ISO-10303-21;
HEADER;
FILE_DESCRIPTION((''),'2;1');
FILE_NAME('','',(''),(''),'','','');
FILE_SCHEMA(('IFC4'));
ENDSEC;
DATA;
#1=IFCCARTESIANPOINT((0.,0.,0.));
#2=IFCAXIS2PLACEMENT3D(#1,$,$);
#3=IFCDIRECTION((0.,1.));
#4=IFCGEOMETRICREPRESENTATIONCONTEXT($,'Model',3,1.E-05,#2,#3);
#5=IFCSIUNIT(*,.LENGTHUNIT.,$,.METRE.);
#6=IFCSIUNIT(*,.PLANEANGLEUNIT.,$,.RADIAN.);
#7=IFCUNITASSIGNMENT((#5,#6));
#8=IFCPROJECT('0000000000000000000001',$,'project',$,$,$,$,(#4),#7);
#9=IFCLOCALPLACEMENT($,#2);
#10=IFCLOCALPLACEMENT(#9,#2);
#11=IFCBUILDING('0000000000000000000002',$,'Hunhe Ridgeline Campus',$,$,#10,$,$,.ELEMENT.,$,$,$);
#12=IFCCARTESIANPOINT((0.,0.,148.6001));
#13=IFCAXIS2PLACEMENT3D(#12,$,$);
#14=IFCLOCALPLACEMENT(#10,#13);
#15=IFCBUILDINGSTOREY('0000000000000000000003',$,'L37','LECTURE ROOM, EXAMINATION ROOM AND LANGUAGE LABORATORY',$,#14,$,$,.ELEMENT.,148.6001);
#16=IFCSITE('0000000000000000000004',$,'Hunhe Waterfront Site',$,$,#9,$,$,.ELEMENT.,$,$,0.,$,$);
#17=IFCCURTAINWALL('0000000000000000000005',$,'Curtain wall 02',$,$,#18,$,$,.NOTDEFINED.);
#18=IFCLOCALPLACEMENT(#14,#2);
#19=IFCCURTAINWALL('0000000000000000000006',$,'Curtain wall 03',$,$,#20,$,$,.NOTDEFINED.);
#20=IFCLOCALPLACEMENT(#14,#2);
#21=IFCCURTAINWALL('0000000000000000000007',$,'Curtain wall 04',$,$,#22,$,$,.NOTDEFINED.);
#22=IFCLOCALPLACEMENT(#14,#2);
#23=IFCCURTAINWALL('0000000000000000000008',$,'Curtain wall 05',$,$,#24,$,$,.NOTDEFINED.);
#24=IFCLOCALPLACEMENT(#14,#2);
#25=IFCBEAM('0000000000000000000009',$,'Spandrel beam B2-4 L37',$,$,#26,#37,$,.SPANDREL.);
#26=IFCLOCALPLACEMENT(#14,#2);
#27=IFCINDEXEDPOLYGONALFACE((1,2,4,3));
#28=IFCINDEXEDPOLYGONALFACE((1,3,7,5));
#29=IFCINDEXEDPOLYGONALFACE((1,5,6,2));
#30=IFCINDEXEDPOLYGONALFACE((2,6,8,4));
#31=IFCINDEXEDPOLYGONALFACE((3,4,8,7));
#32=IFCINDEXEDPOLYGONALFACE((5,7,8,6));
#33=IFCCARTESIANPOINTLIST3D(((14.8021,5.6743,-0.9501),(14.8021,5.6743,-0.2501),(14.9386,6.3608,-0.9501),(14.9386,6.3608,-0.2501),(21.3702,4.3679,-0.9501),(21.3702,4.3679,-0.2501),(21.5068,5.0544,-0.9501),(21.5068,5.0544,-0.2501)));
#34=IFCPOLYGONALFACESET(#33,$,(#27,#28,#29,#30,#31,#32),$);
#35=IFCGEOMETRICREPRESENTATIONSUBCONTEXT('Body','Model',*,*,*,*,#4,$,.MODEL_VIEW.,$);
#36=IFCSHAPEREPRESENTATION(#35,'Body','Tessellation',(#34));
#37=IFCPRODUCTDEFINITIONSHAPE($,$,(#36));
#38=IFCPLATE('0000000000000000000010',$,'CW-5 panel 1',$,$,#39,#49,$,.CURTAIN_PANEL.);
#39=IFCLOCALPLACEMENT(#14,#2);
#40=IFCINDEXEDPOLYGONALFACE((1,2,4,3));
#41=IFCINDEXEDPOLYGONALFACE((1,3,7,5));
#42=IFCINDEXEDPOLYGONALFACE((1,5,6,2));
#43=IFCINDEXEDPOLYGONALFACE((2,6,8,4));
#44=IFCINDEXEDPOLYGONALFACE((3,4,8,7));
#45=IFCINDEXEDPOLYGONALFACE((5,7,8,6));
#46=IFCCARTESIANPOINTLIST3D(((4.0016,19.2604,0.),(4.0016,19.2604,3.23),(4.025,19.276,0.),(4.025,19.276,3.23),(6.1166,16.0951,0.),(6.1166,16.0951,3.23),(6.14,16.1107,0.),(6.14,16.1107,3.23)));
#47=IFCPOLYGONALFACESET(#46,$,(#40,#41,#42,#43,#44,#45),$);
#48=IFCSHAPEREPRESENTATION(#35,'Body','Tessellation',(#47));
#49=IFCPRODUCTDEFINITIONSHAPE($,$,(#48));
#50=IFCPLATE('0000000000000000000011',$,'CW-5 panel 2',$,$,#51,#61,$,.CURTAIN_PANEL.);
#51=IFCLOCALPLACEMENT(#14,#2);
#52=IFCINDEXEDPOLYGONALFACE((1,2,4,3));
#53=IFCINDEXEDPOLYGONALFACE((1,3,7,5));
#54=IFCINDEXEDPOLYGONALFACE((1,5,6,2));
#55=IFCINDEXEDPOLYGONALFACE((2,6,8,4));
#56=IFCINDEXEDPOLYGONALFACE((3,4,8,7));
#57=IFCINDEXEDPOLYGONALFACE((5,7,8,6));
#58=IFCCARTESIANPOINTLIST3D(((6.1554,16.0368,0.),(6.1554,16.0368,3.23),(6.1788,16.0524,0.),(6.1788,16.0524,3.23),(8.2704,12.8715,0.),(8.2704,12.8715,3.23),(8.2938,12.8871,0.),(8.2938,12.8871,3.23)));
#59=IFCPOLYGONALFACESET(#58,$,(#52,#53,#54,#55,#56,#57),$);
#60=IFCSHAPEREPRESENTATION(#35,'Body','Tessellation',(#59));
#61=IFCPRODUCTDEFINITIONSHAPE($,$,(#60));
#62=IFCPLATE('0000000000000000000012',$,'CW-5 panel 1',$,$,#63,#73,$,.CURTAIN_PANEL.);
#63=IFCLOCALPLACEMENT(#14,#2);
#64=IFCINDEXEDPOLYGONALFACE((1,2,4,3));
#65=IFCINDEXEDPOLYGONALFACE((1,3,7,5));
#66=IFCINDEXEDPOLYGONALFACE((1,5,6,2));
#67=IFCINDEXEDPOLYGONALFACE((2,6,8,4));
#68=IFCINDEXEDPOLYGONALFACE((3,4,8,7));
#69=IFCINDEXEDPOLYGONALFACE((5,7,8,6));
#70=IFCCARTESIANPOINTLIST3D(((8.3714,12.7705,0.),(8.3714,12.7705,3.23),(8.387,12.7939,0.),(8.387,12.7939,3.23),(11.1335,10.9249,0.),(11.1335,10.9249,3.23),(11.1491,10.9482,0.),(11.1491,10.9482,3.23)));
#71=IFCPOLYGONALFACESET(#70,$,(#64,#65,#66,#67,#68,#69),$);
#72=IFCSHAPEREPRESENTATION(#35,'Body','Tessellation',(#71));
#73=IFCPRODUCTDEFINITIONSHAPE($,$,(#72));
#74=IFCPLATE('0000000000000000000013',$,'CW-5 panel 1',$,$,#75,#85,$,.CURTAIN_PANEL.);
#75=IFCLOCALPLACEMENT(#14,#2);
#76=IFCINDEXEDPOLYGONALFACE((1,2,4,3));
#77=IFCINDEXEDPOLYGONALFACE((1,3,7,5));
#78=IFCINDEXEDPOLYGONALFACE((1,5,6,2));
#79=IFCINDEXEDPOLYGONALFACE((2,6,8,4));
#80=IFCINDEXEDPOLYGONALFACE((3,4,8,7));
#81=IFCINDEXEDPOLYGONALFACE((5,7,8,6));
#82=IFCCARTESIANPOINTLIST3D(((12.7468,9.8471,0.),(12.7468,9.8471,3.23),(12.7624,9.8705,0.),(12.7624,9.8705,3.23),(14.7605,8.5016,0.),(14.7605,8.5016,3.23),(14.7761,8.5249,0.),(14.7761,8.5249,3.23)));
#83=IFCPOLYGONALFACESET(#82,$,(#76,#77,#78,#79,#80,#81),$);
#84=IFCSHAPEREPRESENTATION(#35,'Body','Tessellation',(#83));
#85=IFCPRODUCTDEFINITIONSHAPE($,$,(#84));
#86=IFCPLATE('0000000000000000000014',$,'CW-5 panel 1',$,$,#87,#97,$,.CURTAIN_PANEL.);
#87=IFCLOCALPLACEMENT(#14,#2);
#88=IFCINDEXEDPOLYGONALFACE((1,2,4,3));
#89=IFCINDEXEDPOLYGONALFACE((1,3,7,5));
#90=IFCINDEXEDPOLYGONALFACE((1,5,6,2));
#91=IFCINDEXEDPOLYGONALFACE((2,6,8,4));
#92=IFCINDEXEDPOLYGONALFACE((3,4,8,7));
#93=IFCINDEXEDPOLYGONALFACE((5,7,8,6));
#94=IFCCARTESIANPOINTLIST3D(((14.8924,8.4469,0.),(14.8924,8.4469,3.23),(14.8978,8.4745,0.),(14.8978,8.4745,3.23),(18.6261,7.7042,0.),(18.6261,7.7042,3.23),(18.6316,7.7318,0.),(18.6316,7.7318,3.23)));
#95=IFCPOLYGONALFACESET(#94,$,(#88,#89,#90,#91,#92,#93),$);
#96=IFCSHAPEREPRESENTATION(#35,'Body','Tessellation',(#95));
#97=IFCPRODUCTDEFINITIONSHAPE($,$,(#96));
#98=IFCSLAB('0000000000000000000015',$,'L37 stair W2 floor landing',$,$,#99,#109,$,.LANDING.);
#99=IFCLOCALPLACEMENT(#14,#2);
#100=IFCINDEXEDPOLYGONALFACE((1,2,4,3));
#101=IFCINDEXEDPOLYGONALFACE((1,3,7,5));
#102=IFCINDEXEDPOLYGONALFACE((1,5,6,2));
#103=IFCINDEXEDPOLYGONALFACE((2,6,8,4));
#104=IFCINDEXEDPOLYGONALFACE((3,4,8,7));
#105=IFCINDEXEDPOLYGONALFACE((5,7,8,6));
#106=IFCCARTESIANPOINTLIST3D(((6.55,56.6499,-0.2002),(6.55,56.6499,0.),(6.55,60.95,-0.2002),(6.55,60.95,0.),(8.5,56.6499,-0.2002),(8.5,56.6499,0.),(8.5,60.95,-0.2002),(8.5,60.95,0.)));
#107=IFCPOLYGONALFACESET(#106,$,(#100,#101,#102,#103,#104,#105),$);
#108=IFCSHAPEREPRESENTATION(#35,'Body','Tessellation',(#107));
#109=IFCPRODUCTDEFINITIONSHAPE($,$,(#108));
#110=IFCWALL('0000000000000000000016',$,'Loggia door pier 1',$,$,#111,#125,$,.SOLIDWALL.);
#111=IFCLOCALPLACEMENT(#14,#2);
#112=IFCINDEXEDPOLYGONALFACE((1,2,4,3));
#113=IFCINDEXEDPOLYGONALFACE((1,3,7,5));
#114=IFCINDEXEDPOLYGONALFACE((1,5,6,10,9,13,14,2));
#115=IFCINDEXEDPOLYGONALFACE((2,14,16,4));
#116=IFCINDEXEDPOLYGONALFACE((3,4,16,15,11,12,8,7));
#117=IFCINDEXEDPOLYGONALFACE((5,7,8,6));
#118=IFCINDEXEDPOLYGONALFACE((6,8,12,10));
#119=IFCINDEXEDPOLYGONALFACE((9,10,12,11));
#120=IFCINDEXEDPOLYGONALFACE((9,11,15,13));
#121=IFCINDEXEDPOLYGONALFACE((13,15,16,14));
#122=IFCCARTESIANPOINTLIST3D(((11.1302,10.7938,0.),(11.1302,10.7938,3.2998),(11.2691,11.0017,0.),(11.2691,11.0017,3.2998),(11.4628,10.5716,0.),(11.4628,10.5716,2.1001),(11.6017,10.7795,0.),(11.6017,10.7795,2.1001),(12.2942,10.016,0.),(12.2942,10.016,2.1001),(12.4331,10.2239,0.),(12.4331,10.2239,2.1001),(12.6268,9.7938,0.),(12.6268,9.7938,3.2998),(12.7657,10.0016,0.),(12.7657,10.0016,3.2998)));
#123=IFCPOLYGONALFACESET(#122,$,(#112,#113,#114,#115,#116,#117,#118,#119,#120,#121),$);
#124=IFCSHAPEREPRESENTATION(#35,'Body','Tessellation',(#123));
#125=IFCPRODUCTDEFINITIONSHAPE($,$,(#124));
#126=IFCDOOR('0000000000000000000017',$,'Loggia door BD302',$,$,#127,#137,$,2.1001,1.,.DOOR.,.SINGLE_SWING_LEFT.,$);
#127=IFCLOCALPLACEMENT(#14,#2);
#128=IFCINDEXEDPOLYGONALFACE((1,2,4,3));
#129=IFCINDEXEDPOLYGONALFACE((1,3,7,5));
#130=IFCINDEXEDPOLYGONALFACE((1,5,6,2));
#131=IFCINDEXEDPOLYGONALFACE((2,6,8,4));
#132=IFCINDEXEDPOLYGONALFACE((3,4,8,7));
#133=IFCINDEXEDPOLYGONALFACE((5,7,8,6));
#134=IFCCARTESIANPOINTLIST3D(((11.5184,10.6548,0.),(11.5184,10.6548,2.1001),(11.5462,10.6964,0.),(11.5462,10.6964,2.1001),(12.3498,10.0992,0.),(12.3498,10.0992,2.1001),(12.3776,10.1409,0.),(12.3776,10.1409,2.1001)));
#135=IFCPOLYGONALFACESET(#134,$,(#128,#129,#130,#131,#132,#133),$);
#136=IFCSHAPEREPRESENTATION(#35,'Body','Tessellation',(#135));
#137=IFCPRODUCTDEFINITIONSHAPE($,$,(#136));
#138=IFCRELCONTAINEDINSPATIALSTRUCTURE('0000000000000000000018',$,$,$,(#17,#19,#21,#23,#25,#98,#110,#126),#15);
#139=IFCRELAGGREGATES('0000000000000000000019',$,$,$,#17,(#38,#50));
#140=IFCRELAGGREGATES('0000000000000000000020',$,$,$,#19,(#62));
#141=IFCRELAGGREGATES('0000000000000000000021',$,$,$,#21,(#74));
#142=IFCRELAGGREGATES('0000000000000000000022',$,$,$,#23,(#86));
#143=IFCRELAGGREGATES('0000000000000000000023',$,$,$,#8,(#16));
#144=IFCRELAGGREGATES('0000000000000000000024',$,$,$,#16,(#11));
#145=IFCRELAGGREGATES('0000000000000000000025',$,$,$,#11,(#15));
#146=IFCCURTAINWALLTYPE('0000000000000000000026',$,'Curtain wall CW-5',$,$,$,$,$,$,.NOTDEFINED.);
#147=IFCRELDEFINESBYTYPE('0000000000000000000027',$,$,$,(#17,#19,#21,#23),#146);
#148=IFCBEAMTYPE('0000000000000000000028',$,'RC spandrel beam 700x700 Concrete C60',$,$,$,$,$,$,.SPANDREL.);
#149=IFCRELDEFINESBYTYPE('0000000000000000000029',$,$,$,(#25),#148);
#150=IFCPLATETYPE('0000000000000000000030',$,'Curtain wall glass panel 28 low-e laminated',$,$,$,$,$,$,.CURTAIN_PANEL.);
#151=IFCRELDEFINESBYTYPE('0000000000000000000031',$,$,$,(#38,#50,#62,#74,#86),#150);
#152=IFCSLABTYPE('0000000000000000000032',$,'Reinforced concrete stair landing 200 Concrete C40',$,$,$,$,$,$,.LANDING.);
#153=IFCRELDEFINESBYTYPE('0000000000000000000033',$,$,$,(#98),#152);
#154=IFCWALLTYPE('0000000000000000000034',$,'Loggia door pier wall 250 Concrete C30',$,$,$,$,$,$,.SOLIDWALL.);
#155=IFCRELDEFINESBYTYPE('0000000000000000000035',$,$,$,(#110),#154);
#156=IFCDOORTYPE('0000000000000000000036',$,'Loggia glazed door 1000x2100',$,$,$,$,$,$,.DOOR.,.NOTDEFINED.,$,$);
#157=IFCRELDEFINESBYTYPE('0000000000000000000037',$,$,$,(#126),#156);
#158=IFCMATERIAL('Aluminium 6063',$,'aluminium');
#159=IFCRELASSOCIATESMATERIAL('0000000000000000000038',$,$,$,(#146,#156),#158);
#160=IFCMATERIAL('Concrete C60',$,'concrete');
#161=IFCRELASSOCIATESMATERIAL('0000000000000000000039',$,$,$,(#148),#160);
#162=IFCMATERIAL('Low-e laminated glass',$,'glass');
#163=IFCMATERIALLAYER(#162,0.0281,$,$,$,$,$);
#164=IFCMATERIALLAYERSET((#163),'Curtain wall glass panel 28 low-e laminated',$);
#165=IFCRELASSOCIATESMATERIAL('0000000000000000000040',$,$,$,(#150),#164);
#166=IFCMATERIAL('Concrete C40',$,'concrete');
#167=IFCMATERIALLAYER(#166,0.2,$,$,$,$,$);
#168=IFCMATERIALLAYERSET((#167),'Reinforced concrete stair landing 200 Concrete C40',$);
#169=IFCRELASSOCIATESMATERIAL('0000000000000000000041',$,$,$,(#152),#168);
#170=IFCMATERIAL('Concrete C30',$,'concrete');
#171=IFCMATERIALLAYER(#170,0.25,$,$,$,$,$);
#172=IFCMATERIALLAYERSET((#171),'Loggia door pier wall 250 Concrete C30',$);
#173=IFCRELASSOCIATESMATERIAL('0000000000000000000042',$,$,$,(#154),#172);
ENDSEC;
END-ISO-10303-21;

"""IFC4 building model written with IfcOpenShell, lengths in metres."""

from ifc_helpers import new_model, si_unit, direction, frame, frame_2d, origin, origin_2d, place, context, subcontext, project, spatial, polyline, rectangle, outline, extrude, material, layer, layer_set, material_profile, profile_set, type_object, element, fill, aggregate, save


model = new_model("IFC4")

# Units and contexts
model_context = context("Model", 3, precision=1e-05, world=origin(), true_north=direction((0.0, 1.0)))
body_context = subcontext(model_context, "Body", "Model", "MODEL_VIEW")
ifc_project = project(units=[si_unit("LENGTHUNIT", "METRE"), si_unit("PLANEANGLEUNIT", "RADIAN")], contexts=[model_context])

# Site, building, storey
site_placement = place(None, origin())
site = spatial("IfcSite", under=ifc_project, at=site_placement, Name="Hunhe Waterfront Site", CompositionType="ELEMENT", RefElevation=0.0)
building_placement = place(site_placement, origin())
building = spatial("IfcBuilding", under=site, at=building_placement, Name="Hunhe Ridgeline Campus", CompositionType="ELEMENT")
storey_placement = place(building_placement, frame((0.0, 0.0, 148.6001)))
storey = spatial("IfcBuildingStorey", under=building, at=storey_placement, Name="L37", Description="LECTURE ROOM, EXAMINATION ROOM AND LANGUAGE LABORATORY", CompositionType="ELEMENT", Elevation=148.6001)

# Curtain walls
ifc_material_1 = material(Name="Aluminium 6063", Category="aluminium")
curtain_wall_type = type_object("IfcCurtainWallType", Name="Curtain wall CW-5", PredefinedType="NOTDEFINED", material=ifc_material_1)
curtain_wall_1_placement = place(storey_placement, origin())
curtain_wall_1 = element("IfcCurtainWall", 1, at=curtain_wall_1_placement, inside=storey, type_object=curtain_wall_type, Name="Curtain wall 02", PredefinedType="NOTDEFINED")
curtain_wall_2_placement = place(storey_placement, origin())
curtain_wall_2 = element("IfcCurtainWall", 2, at=curtain_wall_2_placement, inside=storey, type_object=curtain_wall_type, Name="Curtain wall 03", PredefinedType="NOTDEFINED")
curtain_wall_3_placement = place(storey_placement, origin())
curtain_wall_3 = element("IfcCurtainWall", 3, at=curtain_wall_3_placement, inside=storey, type_object=curtain_wall_type, Name="Curtain wall 04", PredefinedType="NOTDEFINED")
curtain_wall_4_placement = place(storey_placement, origin())
curtain_wall_4 = element("IfcCurtainWall", 4, at=curtain_wall_4_placement, inside=storey, type_object=curtain_wall_type, Name="Curtain wall 05", PredefinedType="NOTDEFINED")

# Beam
ifc_material_2 = material(Name="Concrete C60", Category="concrete")
ifc_material_profile_1 = material_profile(ifc_material_2, rectangle(XDim=0.7, YDim=0.7, at=origin_2d()))
ifc_profile_set_1 = profile_set([ifc_material_profile_1], Name="Concrete C60")
beam_type = type_object("IfcBeamType", Name="RC spandrel beam 700x700 Concrete C60", PredefinedType="SPANDREL", material=ifc_profile_set_1)
for number, where, z_axis, x_axis, name in (
    (5, (14.8704, 6.0176, -0.6001), (0.980788, -0.195078, 0.0), (0.195078, 0.980788, 0.0), "Spandrel beam B2-4 L37"),
):
    element("IfcBeam", number, at=place(storey_placement, frame(where, z_axis=z_axis, x_axis=x_axis)), inside=storey, type_object=beam_type, Name=name, PredefinedType="SPANDREL", context=body_context, shape_type="SweptSolid", body=[
        extrude(rectangle(XDim=0.7, YDim=0.7, at=origin_2d()), origin(), (0.0, 0.0, 1.0), 6.6968),
    ])

# Plates
ifc_material_3 = material(Name="Low-e laminated glass", Category="glass")
ifc_layer_1 = layer(ifc_material_3, 0.0281)
ifc_layer_set_1 = layer_set([ifc_layer_1], Name="Curtain wall glass panel 28 low-e laminated")
plate_type = type_object("IfcPlateType", Name="Curtain wall glass panel 28 low-e laminated", PredefinedType="CURTAIN_PANEL", material=ifc_layer_set_1)
plate_1_placement = place(storey_placement, frame((5.0708, 17.6855, 0.0), z_axis=(0.0, 0.0, 1.0), x_axis=(0.55557, -0.83147, 0.0)))
plate_1 = element("IfcPlate", 6, at=plate_1_placement, type_object=plate_type, Name="CW-5 panel 1", PredefinedType="CURTAIN_PANEL", context=body_context, shape_type="SweptSolid", body=[
    extrude(rectangle(XDim=3.8069, YDim=0.0281, at=origin_2d()), origin(), (0.0, 0.0, 1.0), 3.23),
])
plate_2_placement = place(storey_placement, frame((7.2246, 14.4619, 0.0), z_axis=(0.0, 0.0, 1.0), x_axis=(0.55557, -0.83147, 0.0)))
plate_2 = element("IfcPlate", 7, at=plate_2_placement, type_object=plate_type, Name="CW-5 panel 2", PredefinedType="CURTAIN_PANEL", context=body_context, shape_type="SweptSolid", body=[
    extrude(rectangle(XDim=3.8069, YDim=0.0281, at=origin_2d()), origin(), (0.0, 0.0, 1.0), 3.23),
])
aggregate(curtain_wall_1, [plate_1, plate_2])
plate_3_placement = place(storey_placement, frame((9.7603, 11.8594, 0.0), z_axis=(0.0, 0.0, 1.0), x_axis=(0.83147, -0.55557, 0.0)))
plate_3 = element("IfcPlate", 8, at=plate_3_placement, type_object=plate_type, Name="CW-5 panel 1", PredefinedType="CURTAIN_PANEL", context=body_context, shape_type="SweptSolid", body=[
    extrude(rectangle(XDim=3.322, YDim=0.0281, at=origin_2d()), origin(), (0.0, 0.0, 1.0), 3.23),
])
aggregate(curtain_wall_2, [plate_3])
plate_4_placement = place(storey_placement, frame((13.7615, 9.186, 0.0), z_axis=(0.0, 0.0, 1.0), x_axis=(0.83147, -0.55557, 0.0)))
plate_4 = element("IfcPlate", 9, at=plate_4_placement, type_object=plate_type, Name="CW-5 panel 1", PredefinedType="CURTAIN_PANEL", context=body_context, shape_type="SweptSolid", body=[
    extrude(rectangle(XDim=2.4219, YDim=0.0281, at=origin_2d()), origin(), (0.0, 0.0, 1.0), 3.23),
])
aggregate(curtain_wall_3, [plate_4])
plate_5_placement = place(storey_placement, frame((16.762, 8.0894, 0.0), z_axis=(0.0, 0.0, 1.0), x_axis=(0.980785, -0.19509, 0.0)))
plate_5 = element("IfcPlate", 10, at=plate_5_placement, type_object=plate_type, Name="CW-5 panel 1", PredefinedType="CURTAIN_PANEL", context=body_context, shape_type="SweptSolid", body=[
    extrude(rectangle(XDim=3.8069, YDim=0.0281, at=origin_2d()), origin(), (0.0, 0.0, 1.0), 3.23),
])
aggregate(curtain_wall_4, [plate_5])

# Slab
ifc_material_4 = material(Name="Concrete C40", Category="concrete")
ifc_layer_2 = layer(ifc_material_4, 0.2)
ifc_layer_set_2 = layer_set([ifc_layer_2], Name="Reinforced concrete stair landing 200 Concrete C40")
slab_type = type_object("IfcSlabType", Name="Reinforced concrete stair landing 200 Concrete C40", PredefinedType="LANDING", material=ifc_layer_set_2)
slab_placement = place(storey_placement, frame((0.0, 0.0, -0.2002)))
element("IfcSlab", 11, at=slab_placement, inside=storey, type_object=slab_type, Name="L37 stair W2 floor landing", PredefinedType="LANDING", context=body_context, shape_type="SweptSolid", body=[
    extrude(outline(polyline([(8.5, 60.95), (6.55, 60.95), (6.55, 56.6499), (8.5, 56.6499), (8.5, 60.95)])), origin(), (0.0, 0.0, 1.0), 0.2002),
])

# Wall, opening, door
ifc_material_5 = material(Name="Concrete C30", Category="concrete")
ifc_layer_3 = layer(ifc_material_5, 0.25)
ifc_layer_set_3 = layer_set([ifc_layer_3], Name="Loggia door pier wall 250 Concrete C30")
wall_type_1 = type_object("IfcWallType", Name="Loggia door pier wall 250 Concrete C30", PredefinedType="SOLIDWALL", material=ifc_layer_set_3)
wall_1_placement = place(storey_placement, frame((11.1997, 10.8977, 0.0), z_axis=(0.0, 0.0, 1.0), x_axis=(0.831466, -0.555576, 0.0)))
wall_1 = element("IfcWall", 12, at=wall_1_placement, inside=storey, type_object=wall_type_1, Name="Loggia door pier 1", PredefinedType="SOLIDWALL", context=body_context, shape_type="SweptSolid", body=[
    extrude(rectangle(XDim=1.8, YDim=0.25, at=frame_2d((0.8999, 0.0))), origin(), (0.0, 0.0, 1.0), 3.2998),
])
opening_1_placement = place(wall_1_placement, frame((0.3999, 0.0, 0.0)))
opening_1 = element("IfcOpeningElement", 13, at=opening_1_placement, cuts=wall_1, PredefinedType="OPENING", context=body_context, shape_type="SweptSolid", body=[
    extrude(rectangle(XDim=1.0, YDim=2.1001, at=frame_2d((0.5, 1.05))), frame((0.0, 0.125, 0.0), z_axis=(0.0, -1.0, 0.0), x_axis=(1.0, 0.0, 0.0)), (0.0, 0.0, 1.0), 0.25),
])
door_type_1 = type_object("IfcDoorType", Name="Loggia glazed door 1000x2100", OperationType="NOTDEFINED", PredefinedType="DOOR", material=ifc_material_1)
door_1_placement = place(opening_1_placement, frame((1.0, 0.0, 0.0), z_axis=(0.0, 0.0, 1.0), x_axis=(-1.0, 0.0, 0.0)))
door_1 = element("IfcDoor", 14, at=door_1_placement, inside=storey, type_object=door_type_1, Name="Loggia door BD302", OperationType="SINGLE_SWING_LEFT", OverallHeight=2.1001, OverallWidth=1.0, PredefinedType="DOOR", context=body_context, shape_type="SweptSolid", body=[
    extrude(rectangle(XDim=1.0, YDim=2.1001, at=frame_2d((0.5, 1.05))), frame((0.0, 0.0249, 0.0), z_axis=(0.0, -1.0, 0.0), x_axis=(1.0, 0.0, 0.0)), (0.0, 0.0, 1.0), 0.05),
])
fill(opening_1, door_1)

save(model, "model.ifc")
